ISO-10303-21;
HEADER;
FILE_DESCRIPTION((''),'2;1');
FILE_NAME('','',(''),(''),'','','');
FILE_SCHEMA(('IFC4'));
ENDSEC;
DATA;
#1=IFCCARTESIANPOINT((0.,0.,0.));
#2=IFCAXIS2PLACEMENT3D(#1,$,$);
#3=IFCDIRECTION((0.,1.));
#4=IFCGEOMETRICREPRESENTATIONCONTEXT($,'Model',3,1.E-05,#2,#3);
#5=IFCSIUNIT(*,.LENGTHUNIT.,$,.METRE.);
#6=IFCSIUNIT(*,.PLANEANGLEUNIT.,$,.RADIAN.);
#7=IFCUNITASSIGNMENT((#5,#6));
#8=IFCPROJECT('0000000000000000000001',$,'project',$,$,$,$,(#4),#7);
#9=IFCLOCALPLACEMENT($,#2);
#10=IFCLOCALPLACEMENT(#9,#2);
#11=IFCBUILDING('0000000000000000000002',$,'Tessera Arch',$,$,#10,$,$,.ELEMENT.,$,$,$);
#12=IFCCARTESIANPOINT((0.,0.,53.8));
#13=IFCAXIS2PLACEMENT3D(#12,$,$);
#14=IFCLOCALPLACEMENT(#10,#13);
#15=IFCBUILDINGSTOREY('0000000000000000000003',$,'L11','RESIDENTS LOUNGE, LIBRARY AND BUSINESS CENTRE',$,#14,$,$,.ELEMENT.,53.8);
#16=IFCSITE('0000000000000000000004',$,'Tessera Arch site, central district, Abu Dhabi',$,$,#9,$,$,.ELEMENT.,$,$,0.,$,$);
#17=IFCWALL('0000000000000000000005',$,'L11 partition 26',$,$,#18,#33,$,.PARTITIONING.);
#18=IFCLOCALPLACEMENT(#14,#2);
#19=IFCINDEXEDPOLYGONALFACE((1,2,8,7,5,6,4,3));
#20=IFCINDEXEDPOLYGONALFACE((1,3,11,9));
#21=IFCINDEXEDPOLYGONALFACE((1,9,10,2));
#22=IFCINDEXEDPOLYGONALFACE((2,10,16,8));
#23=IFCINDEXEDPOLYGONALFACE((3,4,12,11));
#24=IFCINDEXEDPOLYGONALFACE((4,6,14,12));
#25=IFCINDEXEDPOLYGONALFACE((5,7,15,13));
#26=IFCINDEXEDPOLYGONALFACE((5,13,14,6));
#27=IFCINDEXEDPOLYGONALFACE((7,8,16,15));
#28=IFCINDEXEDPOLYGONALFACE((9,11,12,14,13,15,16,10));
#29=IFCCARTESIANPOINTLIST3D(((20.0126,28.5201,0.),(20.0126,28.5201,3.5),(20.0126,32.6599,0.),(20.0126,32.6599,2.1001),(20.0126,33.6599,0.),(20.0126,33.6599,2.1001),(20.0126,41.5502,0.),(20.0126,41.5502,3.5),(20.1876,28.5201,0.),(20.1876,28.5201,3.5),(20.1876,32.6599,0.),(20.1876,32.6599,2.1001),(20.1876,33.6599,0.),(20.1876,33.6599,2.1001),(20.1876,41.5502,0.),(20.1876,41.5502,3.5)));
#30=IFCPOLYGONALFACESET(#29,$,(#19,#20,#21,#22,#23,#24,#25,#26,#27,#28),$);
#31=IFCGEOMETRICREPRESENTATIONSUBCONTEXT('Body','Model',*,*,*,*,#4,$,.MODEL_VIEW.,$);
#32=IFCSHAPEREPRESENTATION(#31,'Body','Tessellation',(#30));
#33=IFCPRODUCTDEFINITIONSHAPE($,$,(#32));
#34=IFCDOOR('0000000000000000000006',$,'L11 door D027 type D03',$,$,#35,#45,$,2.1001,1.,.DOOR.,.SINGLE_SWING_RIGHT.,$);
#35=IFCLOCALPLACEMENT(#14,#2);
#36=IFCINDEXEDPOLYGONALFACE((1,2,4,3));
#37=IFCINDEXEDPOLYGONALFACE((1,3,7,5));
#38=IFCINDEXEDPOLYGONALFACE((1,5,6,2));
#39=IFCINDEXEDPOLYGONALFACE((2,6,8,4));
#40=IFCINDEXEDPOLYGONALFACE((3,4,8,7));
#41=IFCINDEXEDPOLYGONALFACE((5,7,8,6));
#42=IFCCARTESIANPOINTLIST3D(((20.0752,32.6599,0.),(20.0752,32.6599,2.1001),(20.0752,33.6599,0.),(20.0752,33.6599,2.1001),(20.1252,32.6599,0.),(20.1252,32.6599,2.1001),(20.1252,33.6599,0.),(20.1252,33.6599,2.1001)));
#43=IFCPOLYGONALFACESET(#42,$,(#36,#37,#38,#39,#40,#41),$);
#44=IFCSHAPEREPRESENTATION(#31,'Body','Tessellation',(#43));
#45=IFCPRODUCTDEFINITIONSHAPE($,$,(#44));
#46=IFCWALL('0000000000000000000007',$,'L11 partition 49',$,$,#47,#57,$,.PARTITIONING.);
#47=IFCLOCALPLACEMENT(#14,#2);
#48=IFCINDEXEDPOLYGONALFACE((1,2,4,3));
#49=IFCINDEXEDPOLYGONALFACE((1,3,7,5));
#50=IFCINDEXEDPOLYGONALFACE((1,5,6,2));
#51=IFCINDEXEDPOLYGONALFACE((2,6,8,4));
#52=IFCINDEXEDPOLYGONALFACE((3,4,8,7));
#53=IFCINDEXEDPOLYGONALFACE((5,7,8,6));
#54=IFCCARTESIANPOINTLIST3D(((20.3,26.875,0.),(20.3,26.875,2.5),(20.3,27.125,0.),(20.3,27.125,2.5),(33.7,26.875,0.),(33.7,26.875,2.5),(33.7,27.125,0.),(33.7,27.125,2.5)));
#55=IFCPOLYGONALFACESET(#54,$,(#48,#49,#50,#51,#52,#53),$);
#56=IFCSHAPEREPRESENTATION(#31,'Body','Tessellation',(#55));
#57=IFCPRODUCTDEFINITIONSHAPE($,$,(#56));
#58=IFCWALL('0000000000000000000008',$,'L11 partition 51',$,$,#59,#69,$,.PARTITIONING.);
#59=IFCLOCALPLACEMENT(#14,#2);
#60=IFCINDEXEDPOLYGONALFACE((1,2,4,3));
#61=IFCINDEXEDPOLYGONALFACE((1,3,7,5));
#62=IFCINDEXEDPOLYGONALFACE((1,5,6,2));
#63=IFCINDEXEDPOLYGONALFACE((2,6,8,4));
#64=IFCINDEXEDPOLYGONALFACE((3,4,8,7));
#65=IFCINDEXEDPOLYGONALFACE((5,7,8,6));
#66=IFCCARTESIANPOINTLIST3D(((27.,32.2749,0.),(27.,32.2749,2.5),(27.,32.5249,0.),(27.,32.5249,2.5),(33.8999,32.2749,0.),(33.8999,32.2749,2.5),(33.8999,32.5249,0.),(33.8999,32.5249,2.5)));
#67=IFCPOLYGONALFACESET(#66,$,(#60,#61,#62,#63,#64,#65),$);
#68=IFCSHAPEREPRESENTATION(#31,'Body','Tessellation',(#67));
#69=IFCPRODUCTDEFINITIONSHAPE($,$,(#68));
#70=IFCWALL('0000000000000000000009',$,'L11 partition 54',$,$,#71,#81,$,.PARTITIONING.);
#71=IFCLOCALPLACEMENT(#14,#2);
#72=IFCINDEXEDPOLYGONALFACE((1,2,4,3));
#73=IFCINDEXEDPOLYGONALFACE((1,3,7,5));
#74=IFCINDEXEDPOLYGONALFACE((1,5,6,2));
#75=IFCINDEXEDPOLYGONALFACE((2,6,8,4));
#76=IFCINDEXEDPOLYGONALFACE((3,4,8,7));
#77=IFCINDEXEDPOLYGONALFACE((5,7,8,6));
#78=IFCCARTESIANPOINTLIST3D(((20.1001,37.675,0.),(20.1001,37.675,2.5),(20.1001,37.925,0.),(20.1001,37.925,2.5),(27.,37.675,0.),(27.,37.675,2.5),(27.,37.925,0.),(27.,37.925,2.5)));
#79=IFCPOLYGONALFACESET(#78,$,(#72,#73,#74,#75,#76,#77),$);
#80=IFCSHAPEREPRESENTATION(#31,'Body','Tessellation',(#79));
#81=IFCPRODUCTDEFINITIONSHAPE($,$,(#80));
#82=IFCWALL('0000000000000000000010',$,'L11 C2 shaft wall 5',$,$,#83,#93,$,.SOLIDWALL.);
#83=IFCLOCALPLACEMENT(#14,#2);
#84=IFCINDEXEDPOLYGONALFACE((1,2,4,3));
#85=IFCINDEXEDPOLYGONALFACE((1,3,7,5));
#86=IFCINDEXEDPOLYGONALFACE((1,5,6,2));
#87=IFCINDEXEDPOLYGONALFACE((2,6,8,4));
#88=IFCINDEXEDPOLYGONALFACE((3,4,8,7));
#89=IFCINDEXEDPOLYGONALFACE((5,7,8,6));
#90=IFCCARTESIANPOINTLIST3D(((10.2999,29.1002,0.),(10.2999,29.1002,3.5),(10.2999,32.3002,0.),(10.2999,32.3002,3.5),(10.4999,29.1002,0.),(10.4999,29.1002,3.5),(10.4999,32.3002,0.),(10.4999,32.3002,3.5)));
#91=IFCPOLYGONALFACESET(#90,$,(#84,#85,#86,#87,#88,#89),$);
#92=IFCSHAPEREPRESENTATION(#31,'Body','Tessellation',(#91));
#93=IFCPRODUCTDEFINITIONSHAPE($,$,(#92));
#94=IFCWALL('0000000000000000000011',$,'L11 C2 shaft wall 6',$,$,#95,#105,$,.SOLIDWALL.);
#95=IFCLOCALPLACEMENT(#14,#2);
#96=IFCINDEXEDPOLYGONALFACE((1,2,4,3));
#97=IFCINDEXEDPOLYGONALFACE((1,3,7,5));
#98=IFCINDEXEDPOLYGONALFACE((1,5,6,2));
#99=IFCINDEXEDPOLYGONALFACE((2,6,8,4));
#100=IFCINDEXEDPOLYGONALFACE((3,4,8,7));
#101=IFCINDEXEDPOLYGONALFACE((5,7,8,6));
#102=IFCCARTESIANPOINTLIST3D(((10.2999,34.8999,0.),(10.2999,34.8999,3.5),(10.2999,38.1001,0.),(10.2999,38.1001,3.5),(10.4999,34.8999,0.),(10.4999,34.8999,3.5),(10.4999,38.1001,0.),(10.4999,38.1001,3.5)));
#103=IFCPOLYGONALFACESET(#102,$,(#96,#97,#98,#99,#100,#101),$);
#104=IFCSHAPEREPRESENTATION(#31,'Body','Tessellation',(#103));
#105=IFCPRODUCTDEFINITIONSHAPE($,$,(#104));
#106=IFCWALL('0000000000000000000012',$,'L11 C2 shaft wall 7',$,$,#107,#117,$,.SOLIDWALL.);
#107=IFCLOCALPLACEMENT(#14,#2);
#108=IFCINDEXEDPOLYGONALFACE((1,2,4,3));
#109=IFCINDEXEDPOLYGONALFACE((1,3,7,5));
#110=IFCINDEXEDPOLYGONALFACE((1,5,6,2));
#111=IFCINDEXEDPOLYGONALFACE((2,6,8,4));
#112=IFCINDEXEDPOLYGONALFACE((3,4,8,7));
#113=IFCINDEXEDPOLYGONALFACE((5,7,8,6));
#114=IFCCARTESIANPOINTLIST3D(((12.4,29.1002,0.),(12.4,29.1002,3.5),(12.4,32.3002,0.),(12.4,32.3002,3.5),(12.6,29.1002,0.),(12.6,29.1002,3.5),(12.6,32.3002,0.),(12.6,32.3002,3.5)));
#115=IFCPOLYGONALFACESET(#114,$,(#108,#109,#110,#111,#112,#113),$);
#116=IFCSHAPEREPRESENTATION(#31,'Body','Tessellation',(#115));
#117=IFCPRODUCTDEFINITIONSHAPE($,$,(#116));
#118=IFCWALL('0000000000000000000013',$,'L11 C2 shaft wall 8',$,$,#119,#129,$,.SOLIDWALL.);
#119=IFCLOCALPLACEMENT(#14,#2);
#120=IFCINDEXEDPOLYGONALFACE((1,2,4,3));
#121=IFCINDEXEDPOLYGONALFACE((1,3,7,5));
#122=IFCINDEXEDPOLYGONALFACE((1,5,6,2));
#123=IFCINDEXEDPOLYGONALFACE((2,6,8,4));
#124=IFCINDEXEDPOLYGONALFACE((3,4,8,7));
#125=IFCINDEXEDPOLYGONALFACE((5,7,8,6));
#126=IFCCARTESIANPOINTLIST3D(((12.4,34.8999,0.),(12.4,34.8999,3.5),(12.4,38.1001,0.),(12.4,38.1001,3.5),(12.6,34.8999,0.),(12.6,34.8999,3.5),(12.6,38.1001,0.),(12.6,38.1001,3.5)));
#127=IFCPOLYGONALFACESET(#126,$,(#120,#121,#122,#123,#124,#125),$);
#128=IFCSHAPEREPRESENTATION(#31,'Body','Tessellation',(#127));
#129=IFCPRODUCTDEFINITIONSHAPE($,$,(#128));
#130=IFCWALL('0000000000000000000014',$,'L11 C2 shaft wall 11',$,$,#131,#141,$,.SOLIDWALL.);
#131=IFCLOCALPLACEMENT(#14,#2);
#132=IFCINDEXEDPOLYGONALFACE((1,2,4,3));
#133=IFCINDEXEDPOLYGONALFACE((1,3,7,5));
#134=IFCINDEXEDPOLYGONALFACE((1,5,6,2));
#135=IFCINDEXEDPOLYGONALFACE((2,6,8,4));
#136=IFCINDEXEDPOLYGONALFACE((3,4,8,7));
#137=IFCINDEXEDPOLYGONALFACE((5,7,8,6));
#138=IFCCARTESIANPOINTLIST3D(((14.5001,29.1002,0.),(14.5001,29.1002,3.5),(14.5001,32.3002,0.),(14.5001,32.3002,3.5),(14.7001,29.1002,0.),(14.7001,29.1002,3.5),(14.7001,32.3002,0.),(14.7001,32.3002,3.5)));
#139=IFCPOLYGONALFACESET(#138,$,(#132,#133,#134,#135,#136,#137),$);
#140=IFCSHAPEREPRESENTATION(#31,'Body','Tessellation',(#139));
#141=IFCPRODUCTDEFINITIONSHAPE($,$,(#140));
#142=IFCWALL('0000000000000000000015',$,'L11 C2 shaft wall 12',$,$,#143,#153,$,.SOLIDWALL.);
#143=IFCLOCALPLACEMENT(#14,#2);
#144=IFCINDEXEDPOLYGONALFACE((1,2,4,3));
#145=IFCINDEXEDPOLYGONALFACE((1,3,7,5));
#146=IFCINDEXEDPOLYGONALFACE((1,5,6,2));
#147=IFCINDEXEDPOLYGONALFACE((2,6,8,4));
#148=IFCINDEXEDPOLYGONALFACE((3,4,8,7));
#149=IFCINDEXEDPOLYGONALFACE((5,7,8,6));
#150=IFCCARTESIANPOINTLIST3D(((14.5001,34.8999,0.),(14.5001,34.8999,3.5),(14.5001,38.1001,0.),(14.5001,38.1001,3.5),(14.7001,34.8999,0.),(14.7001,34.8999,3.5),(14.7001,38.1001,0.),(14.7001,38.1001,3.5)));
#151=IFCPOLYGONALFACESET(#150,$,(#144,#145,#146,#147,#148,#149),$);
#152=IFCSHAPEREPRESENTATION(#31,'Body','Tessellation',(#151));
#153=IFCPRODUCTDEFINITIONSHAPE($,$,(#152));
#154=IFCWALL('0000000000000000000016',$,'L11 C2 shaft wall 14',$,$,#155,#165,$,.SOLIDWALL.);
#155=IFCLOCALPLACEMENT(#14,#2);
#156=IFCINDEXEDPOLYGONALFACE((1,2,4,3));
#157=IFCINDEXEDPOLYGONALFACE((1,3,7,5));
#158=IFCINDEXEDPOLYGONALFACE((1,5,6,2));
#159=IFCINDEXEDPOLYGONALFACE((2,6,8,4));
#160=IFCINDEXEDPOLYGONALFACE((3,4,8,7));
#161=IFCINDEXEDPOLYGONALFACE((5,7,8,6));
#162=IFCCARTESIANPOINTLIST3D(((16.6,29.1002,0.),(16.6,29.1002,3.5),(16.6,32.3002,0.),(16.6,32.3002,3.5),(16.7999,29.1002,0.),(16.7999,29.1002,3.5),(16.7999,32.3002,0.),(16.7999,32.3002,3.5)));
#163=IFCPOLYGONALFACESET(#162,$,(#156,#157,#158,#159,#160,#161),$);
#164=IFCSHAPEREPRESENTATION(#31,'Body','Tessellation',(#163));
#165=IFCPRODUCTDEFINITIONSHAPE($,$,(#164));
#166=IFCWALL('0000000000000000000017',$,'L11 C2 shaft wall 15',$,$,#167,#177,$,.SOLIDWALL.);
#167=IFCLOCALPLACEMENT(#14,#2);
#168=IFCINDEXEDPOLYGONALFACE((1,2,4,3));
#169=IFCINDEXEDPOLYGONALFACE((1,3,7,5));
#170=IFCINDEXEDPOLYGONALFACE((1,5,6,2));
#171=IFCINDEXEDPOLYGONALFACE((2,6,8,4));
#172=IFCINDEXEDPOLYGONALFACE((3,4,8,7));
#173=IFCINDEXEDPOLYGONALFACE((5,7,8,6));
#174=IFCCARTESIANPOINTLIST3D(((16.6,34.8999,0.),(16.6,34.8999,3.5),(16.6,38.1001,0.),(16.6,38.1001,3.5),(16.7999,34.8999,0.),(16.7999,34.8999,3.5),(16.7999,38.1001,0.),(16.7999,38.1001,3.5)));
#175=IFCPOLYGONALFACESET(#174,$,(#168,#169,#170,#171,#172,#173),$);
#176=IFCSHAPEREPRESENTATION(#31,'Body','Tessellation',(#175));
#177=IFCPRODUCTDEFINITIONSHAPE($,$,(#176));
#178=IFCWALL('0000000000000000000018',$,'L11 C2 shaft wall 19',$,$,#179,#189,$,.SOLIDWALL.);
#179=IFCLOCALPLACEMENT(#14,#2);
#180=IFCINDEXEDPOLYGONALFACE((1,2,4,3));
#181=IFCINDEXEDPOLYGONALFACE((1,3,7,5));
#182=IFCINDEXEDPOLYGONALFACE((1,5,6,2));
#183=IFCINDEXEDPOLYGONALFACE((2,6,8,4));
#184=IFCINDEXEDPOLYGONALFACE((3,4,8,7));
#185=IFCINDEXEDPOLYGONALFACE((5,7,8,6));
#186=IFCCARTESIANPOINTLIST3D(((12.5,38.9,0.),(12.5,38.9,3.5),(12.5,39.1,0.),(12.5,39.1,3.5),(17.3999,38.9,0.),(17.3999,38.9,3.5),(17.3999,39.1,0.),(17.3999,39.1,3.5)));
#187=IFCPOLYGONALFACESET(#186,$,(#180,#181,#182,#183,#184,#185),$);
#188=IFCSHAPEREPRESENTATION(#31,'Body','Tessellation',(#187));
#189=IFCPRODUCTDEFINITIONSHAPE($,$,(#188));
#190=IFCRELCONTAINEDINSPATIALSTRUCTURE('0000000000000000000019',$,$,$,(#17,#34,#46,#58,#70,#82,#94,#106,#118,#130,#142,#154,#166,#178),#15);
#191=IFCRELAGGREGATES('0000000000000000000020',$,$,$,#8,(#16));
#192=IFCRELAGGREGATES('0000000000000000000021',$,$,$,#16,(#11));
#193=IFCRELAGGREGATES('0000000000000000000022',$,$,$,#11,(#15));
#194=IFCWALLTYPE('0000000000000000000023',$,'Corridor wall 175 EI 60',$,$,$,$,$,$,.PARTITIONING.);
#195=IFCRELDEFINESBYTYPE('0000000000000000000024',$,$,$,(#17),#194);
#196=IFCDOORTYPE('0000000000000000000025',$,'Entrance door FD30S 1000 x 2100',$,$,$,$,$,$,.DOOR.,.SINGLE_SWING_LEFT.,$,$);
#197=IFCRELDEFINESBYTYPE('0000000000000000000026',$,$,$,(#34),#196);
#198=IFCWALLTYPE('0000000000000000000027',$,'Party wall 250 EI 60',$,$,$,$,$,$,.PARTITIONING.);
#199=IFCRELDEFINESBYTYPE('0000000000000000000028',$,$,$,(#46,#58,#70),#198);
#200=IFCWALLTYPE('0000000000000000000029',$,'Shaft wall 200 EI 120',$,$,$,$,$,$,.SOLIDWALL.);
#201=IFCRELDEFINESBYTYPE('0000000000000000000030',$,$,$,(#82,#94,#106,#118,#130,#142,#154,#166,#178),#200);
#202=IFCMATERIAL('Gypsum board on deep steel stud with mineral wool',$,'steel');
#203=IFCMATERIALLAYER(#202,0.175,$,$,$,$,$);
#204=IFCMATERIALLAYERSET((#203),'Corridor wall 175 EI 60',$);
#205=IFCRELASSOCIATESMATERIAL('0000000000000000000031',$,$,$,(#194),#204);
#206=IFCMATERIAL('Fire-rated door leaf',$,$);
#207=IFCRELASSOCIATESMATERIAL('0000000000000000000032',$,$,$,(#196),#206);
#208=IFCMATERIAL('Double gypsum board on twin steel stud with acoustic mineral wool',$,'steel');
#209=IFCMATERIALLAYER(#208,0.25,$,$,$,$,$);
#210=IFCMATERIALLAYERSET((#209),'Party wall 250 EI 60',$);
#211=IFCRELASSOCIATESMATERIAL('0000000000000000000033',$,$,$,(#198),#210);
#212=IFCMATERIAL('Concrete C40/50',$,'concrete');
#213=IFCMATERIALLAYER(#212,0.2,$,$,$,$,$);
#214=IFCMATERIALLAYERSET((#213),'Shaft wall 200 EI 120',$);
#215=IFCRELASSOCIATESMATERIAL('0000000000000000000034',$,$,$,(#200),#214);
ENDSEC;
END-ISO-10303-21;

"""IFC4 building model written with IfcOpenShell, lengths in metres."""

from ifc_helpers import new_model, si_unit, direction, frame, frame_2d, origin, place, context, subcontext, project, spatial, rectangle, extrude, material, layer, layer_set, type_object, element, fill, save


model = new_model("IFC4")

# Units and contexts
model_context = context("Model", 3, precision=1e-05, world=origin(), true_north=direction((0.0, 1.0)))
body_context = subcontext(model_context, "Body", "Model", "MODEL_VIEW")
ifc_project = project(units=[si_unit("LENGTHUNIT", "METRE"), si_unit("PLANEANGLEUNIT", "RADIAN")], contexts=[model_context])

# Site, building, storey
site_placement = place(None, origin())
site = spatial("IfcSite", under=ifc_project, at=site_placement, Name="Tessera Arch site, central district, Abu Dhabi", CompositionType="ELEMENT", RefElevation=0.0)
building_placement = place(site_placement, origin())
building = spatial("IfcBuilding", under=site, at=building_placement, Name="Tessera Arch", CompositionType="ELEMENT")
storey_placement = place(building_placement, frame((0.0, 0.0, 53.8)))
storey = spatial("IfcBuildingStorey", under=building, at=storey_placement, Name="L11", Description="RESIDENTS LOUNGE, LIBRARY AND BUSINESS CENTRE", CompositionType="ELEMENT", Elevation=53.8)

# Shared definitions
ifc_material_1 = material(Name="Gypsum board on deep steel stud with mineral wool", Category="steel")
ifc_layer_1 = layer(ifc_material_1, 0.175)
ifc_layer_set_1 = layer_set([ifc_layer_1], Name="Corridor wall 175 EI 60")
wall_type_1 = type_object("IfcWallType", Name="Corridor wall 175 EI 60", PredefinedType="PARTITIONING", material=ifc_layer_set_1)

# Wall, opening, door
wall_1_placement = place(storey_placement, frame((20.1001, 28.52, 0.0), z_axis=(0.0, 0.0, 1.0), x_axis=(0.0, 1.0, 0.0)))
wall_1 = element("IfcWall", 1, at=wall_1_placement, inside=storey, type_object=wall_type_1, Name="L11 partition 26", PredefinedType="PARTITIONING", context=body_context, shape_type="SweptSolid", body=[
    extrude(rectangle(XDim=13.03, YDim=0.175, at=frame_2d((6.5151, 0.0))), origin(), (0.0, 0.0, 1.0), 3.5),
])
opening_1_placement = place(wall_1_placement, frame((4.1399, 0.0, 0.0)))
opening_1 = element("IfcOpeningElement", 2, at=opening_1_placement, cuts=wall_1, PredefinedType="OPENING", context=body_context, shape_type="SweptSolid", body=[
    extrude(rectangle(XDim=1.0, YDim=2.1001, at=frame_2d((0.5, 1.05))), frame((0.0, 0.0974, 0.0), z_axis=(0.0, -1.0, 0.0), x_axis=(1.0, 0.0, 0.0)), (0.0, 0.0, 1.0), 0.1951),
])
ifc_material_2 = material(Name="Fire-rated door leaf")
door_type_1 = type_object("IfcDoorType", Name="Entrance door FD30S 1000 x 2100", OperationType="SINGLE_SWING_LEFT", PredefinedType="DOOR", material=ifc_material_2)
door_1_placement = place(opening_1_placement, origin())
door_1 = element("IfcDoor", 3, at=door_1_placement, inside=storey, type_object=door_type_1, Name="L11 door D027 type D03", OperationType="SINGLE_SWING_RIGHT", OverallHeight=2.1001, OverallWidth=1.0, PredefinedType="DOOR", context=body_context, shape_type="SweptSolid", body=[
    extrude(rectangle(XDim=1.0, YDim=2.1001, at=frame_2d((0.5, 1.05))), frame((0.0, 0.0249, 0.0), z_axis=(0.0, -1.0, 0.0), x_axis=(1.0, 0.0, 0.0)), (0.0, 0.0, 1.0), 0.05),
])
fill(opening_1, door_1)

# Walls
ifc_material_3 = material(Name="Double gypsum board on twin steel stud with acoustic mineral wool", Category="steel")
ifc_layer_2 = layer(ifc_material_3, 0.25)
ifc_layer_set_2 = layer_set([ifc_layer_2], Name="Party wall 250 EI 60")
wall_type_2 = type_object("IfcWallType", Name="Party wall 250 EI 60", PredefinedType="PARTITIONING", material=ifc_layer_set_2)
wall_2_placement = place(storey_placement, frame((20.3, 27.0, 0.0), z_axis=(0.0, 0.0, 1.0), x_axis=(1.0, 0.0, 0.0)))
element("IfcWall", 4, at=wall_2_placement, inside=storey, type_object=wall_type_2, Name="L11 partition 49", PredefinedType="PARTITIONING", context=body_context, shape_type="SweptSolid", body=[
    extrude(rectangle(XDim=13.3999, YDim=0.25, at=frame_2d((6.7, 0.0))), origin(), (0.0, 0.0, 1.0), 2.5),
])
for number, where, z_axis, x_axis, name in (
    (5, (27.0, 32.3999, 0.0), (0.0, 0.0, 1.0), (1.0, 0.0, 0.0), "L11 partition 51"),
    (6, (20.1001, 37.8, 0.0), (0.0, 0.0, 1.0), (1.0, 0.0, 0.0), "L11 partition 54"),
):
    element("IfcWall", number, at=place(storey_placement, frame(where, z_axis=z_axis, x_axis=x_axis)), inside=storey, type_object=wall_type_2, Name=name, PredefinedType="PARTITIONING", context=body_context, shape_type="SweptSolid", body=[
        extrude(rectangle(XDim=6.8999, YDim=0.25, at=frame_2d((3.45, 0.0))), origin(), (0.0, 0.0, 1.0), 2.5),
    ])
ifc_material_4 = material(Name="Concrete C40/50", Category="concrete")
ifc_layer_3 = layer(ifc_material_4, 0.2)
ifc_layer_set_3 = layer_set([ifc_layer_3], Name="Shaft wall 200 EI 120")
wall_type_3 = type_object("IfcWallType", Name="Shaft wall 200 EI 120", PredefinedType="SOLIDWALL", material=ifc_layer_set_3)
wall_3_placement = place(storey_placement, frame((10.3999, 29.1001, 0.0), z_axis=(0.0, 0.0, 1.0), x_axis=(0.0, 1.0, 0.0)))
element("IfcWall", 7, at=wall_3_placement, inside=storey, type_object=wall_type_3, Name="L11 C2 shaft wall 5", PredefinedType="SOLIDWALL", context=body_context, shape_type="SweptSolid", body=[
    extrude(rectangle(XDim=3.2, YDim=0.2, at=frame_2d((1.6001, 0.0))), origin(), (0.0, 0.0, 1.0), 3.5),
])
wall_4_placement = place(storey_placement, frame((10.3999, 34.8999, 0.0), z_axis=(0.0, 0.0, 1.0), x_axis=(0.0, 1.0, 0.0)))
element("IfcWall", 8, at=wall_4_placement, inside=storey, type_object=wall_type_3, Name="L11 C2 shaft wall 6", PredefinedType="SOLIDWALL", context=body_context, shape_type="SweptSolid", body=[
    extrude(rectangle(XDim=3.2002, YDim=0.2, at=frame_2d((1.6001, 0.0))), origin(), (0.0, 0.0, 1.0), 3.5),
])
wall_5_placement = place(storey_placement, frame((12.5, 29.1001, 0.0), z_axis=(0.0, 0.0, 1.0), x_axis=(0.0, 1.0, 0.0)))
element("IfcWall", 9, at=wall_5_placement, inside=storey, type_object=wall_type_3, Name="L11 C2 shaft wall 7", PredefinedType="SOLIDWALL", context=body_context, shape_type="SweptSolid", body=[
    extrude(rectangle(XDim=3.2, YDim=0.2, at=frame_2d((1.6001, 0.0))), origin(), (0.0, 0.0, 1.0), 3.5),
])
wall_6_placement = place(storey_placement, frame((12.5, 34.8999, 0.0), z_axis=(0.0, 0.0, 1.0), x_axis=(0.0, 1.0, 0.0)))
element("IfcWall", 10, at=wall_6_placement, inside=storey, type_object=wall_type_3, Name="L11 C2 shaft wall 8", PredefinedType="SOLIDWALL", context=body_context, shape_type="SweptSolid", body=[
    extrude(rectangle(XDim=3.2002, YDim=0.2, at=frame_2d((1.6001, 0.0))), origin(), (0.0, 0.0, 1.0), 3.5),
])
wall_7_placement = place(storey_placement, frame((14.6001, 29.1001, 0.0), z_axis=(0.0, 0.0, 1.0), x_axis=(0.0, 1.0, 0.0)))
element("IfcWall", 11, at=wall_7_placement, inside=storey, type_object=wall_type_3, Name="L11 C2 shaft wall 11", PredefinedType="SOLIDWALL", context=body_context, shape_type="SweptSolid", body=[
    extrude(rectangle(XDim=3.2, YDim=0.2, at=frame_2d((1.6001, 0.0))), origin(), (0.0, 0.0, 1.0), 3.5),
])
wall_8_placement = place(storey_placement, frame((14.6001, 34.8999, 0.0), z_axis=(0.0, 0.0, 1.0), x_axis=(0.0, 1.0, 0.0)))
element("IfcWall", 12, at=wall_8_placement, inside=storey, type_object=wall_type_3, Name="L11 C2 shaft wall 12", PredefinedType="SOLIDWALL", context=body_context, shape_type="SweptSolid", body=[
    extrude(rectangle(XDim=3.2002, YDim=0.2, at=frame_2d((1.6001, 0.0))), origin(), (0.0, 0.0, 1.0), 3.5),
])
wall_9_placement = place(storey_placement, frame((16.7, 29.1001, 0.0), z_axis=(0.0, 0.0, 1.0), x_axis=(0.0, 1.0, 0.0)))
element("IfcWall", 13, at=wall_9_placement, inside=storey, type_object=wall_type_3, Name="L11 C2 shaft wall 14", PredefinedType="SOLIDWALL", context=body_context, shape_type="SweptSolid", body=[
    extrude(rectangle(XDim=3.2, YDim=0.2, at=frame_2d((1.6001, 0.0))), origin(), (0.0, 0.0, 1.0), 3.5),
])
wall_10_placement = place(storey_placement, frame((16.7, 34.8999, 0.0), z_axis=(0.0, 0.0, 1.0), x_axis=(0.0, 1.0, 0.0)))
element("IfcWall", 14, at=wall_10_placement, inside=storey, type_object=wall_type_3, Name="L11 C2 shaft wall 15", PredefinedType="SOLIDWALL", context=body_context, shape_type="SweptSolid", body=[
    extrude(rectangle(XDim=3.2002, YDim=0.2, at=frame_2d((1.6001, 0.0))), origin(), (0.0, 0.0, 1.0), 3.5),
])
wall_11_placement = place(storey_placement, frame((12.5, 39.0, 0.0), z_axis=(0.0, 0.0, 1.0), x_axis=(1.0, 0.0, 0.0)))
element("IfcWall", 15, at=wall_11_placement, inside=storey, type_object=wall_type_3, Name="L11 C2 shaft wall 19", PredefinedType="SOLIDWALL", context=body_context, shape_type="SweptSolid", body=[
    extrude(rectangle(XDim=4.8999, YDim=0.2, at=frame_2d((2.45, 0.0))), origin(), (0.0, 0.0, 1.0), 3.5),
])

save(model, "model.ifc")
